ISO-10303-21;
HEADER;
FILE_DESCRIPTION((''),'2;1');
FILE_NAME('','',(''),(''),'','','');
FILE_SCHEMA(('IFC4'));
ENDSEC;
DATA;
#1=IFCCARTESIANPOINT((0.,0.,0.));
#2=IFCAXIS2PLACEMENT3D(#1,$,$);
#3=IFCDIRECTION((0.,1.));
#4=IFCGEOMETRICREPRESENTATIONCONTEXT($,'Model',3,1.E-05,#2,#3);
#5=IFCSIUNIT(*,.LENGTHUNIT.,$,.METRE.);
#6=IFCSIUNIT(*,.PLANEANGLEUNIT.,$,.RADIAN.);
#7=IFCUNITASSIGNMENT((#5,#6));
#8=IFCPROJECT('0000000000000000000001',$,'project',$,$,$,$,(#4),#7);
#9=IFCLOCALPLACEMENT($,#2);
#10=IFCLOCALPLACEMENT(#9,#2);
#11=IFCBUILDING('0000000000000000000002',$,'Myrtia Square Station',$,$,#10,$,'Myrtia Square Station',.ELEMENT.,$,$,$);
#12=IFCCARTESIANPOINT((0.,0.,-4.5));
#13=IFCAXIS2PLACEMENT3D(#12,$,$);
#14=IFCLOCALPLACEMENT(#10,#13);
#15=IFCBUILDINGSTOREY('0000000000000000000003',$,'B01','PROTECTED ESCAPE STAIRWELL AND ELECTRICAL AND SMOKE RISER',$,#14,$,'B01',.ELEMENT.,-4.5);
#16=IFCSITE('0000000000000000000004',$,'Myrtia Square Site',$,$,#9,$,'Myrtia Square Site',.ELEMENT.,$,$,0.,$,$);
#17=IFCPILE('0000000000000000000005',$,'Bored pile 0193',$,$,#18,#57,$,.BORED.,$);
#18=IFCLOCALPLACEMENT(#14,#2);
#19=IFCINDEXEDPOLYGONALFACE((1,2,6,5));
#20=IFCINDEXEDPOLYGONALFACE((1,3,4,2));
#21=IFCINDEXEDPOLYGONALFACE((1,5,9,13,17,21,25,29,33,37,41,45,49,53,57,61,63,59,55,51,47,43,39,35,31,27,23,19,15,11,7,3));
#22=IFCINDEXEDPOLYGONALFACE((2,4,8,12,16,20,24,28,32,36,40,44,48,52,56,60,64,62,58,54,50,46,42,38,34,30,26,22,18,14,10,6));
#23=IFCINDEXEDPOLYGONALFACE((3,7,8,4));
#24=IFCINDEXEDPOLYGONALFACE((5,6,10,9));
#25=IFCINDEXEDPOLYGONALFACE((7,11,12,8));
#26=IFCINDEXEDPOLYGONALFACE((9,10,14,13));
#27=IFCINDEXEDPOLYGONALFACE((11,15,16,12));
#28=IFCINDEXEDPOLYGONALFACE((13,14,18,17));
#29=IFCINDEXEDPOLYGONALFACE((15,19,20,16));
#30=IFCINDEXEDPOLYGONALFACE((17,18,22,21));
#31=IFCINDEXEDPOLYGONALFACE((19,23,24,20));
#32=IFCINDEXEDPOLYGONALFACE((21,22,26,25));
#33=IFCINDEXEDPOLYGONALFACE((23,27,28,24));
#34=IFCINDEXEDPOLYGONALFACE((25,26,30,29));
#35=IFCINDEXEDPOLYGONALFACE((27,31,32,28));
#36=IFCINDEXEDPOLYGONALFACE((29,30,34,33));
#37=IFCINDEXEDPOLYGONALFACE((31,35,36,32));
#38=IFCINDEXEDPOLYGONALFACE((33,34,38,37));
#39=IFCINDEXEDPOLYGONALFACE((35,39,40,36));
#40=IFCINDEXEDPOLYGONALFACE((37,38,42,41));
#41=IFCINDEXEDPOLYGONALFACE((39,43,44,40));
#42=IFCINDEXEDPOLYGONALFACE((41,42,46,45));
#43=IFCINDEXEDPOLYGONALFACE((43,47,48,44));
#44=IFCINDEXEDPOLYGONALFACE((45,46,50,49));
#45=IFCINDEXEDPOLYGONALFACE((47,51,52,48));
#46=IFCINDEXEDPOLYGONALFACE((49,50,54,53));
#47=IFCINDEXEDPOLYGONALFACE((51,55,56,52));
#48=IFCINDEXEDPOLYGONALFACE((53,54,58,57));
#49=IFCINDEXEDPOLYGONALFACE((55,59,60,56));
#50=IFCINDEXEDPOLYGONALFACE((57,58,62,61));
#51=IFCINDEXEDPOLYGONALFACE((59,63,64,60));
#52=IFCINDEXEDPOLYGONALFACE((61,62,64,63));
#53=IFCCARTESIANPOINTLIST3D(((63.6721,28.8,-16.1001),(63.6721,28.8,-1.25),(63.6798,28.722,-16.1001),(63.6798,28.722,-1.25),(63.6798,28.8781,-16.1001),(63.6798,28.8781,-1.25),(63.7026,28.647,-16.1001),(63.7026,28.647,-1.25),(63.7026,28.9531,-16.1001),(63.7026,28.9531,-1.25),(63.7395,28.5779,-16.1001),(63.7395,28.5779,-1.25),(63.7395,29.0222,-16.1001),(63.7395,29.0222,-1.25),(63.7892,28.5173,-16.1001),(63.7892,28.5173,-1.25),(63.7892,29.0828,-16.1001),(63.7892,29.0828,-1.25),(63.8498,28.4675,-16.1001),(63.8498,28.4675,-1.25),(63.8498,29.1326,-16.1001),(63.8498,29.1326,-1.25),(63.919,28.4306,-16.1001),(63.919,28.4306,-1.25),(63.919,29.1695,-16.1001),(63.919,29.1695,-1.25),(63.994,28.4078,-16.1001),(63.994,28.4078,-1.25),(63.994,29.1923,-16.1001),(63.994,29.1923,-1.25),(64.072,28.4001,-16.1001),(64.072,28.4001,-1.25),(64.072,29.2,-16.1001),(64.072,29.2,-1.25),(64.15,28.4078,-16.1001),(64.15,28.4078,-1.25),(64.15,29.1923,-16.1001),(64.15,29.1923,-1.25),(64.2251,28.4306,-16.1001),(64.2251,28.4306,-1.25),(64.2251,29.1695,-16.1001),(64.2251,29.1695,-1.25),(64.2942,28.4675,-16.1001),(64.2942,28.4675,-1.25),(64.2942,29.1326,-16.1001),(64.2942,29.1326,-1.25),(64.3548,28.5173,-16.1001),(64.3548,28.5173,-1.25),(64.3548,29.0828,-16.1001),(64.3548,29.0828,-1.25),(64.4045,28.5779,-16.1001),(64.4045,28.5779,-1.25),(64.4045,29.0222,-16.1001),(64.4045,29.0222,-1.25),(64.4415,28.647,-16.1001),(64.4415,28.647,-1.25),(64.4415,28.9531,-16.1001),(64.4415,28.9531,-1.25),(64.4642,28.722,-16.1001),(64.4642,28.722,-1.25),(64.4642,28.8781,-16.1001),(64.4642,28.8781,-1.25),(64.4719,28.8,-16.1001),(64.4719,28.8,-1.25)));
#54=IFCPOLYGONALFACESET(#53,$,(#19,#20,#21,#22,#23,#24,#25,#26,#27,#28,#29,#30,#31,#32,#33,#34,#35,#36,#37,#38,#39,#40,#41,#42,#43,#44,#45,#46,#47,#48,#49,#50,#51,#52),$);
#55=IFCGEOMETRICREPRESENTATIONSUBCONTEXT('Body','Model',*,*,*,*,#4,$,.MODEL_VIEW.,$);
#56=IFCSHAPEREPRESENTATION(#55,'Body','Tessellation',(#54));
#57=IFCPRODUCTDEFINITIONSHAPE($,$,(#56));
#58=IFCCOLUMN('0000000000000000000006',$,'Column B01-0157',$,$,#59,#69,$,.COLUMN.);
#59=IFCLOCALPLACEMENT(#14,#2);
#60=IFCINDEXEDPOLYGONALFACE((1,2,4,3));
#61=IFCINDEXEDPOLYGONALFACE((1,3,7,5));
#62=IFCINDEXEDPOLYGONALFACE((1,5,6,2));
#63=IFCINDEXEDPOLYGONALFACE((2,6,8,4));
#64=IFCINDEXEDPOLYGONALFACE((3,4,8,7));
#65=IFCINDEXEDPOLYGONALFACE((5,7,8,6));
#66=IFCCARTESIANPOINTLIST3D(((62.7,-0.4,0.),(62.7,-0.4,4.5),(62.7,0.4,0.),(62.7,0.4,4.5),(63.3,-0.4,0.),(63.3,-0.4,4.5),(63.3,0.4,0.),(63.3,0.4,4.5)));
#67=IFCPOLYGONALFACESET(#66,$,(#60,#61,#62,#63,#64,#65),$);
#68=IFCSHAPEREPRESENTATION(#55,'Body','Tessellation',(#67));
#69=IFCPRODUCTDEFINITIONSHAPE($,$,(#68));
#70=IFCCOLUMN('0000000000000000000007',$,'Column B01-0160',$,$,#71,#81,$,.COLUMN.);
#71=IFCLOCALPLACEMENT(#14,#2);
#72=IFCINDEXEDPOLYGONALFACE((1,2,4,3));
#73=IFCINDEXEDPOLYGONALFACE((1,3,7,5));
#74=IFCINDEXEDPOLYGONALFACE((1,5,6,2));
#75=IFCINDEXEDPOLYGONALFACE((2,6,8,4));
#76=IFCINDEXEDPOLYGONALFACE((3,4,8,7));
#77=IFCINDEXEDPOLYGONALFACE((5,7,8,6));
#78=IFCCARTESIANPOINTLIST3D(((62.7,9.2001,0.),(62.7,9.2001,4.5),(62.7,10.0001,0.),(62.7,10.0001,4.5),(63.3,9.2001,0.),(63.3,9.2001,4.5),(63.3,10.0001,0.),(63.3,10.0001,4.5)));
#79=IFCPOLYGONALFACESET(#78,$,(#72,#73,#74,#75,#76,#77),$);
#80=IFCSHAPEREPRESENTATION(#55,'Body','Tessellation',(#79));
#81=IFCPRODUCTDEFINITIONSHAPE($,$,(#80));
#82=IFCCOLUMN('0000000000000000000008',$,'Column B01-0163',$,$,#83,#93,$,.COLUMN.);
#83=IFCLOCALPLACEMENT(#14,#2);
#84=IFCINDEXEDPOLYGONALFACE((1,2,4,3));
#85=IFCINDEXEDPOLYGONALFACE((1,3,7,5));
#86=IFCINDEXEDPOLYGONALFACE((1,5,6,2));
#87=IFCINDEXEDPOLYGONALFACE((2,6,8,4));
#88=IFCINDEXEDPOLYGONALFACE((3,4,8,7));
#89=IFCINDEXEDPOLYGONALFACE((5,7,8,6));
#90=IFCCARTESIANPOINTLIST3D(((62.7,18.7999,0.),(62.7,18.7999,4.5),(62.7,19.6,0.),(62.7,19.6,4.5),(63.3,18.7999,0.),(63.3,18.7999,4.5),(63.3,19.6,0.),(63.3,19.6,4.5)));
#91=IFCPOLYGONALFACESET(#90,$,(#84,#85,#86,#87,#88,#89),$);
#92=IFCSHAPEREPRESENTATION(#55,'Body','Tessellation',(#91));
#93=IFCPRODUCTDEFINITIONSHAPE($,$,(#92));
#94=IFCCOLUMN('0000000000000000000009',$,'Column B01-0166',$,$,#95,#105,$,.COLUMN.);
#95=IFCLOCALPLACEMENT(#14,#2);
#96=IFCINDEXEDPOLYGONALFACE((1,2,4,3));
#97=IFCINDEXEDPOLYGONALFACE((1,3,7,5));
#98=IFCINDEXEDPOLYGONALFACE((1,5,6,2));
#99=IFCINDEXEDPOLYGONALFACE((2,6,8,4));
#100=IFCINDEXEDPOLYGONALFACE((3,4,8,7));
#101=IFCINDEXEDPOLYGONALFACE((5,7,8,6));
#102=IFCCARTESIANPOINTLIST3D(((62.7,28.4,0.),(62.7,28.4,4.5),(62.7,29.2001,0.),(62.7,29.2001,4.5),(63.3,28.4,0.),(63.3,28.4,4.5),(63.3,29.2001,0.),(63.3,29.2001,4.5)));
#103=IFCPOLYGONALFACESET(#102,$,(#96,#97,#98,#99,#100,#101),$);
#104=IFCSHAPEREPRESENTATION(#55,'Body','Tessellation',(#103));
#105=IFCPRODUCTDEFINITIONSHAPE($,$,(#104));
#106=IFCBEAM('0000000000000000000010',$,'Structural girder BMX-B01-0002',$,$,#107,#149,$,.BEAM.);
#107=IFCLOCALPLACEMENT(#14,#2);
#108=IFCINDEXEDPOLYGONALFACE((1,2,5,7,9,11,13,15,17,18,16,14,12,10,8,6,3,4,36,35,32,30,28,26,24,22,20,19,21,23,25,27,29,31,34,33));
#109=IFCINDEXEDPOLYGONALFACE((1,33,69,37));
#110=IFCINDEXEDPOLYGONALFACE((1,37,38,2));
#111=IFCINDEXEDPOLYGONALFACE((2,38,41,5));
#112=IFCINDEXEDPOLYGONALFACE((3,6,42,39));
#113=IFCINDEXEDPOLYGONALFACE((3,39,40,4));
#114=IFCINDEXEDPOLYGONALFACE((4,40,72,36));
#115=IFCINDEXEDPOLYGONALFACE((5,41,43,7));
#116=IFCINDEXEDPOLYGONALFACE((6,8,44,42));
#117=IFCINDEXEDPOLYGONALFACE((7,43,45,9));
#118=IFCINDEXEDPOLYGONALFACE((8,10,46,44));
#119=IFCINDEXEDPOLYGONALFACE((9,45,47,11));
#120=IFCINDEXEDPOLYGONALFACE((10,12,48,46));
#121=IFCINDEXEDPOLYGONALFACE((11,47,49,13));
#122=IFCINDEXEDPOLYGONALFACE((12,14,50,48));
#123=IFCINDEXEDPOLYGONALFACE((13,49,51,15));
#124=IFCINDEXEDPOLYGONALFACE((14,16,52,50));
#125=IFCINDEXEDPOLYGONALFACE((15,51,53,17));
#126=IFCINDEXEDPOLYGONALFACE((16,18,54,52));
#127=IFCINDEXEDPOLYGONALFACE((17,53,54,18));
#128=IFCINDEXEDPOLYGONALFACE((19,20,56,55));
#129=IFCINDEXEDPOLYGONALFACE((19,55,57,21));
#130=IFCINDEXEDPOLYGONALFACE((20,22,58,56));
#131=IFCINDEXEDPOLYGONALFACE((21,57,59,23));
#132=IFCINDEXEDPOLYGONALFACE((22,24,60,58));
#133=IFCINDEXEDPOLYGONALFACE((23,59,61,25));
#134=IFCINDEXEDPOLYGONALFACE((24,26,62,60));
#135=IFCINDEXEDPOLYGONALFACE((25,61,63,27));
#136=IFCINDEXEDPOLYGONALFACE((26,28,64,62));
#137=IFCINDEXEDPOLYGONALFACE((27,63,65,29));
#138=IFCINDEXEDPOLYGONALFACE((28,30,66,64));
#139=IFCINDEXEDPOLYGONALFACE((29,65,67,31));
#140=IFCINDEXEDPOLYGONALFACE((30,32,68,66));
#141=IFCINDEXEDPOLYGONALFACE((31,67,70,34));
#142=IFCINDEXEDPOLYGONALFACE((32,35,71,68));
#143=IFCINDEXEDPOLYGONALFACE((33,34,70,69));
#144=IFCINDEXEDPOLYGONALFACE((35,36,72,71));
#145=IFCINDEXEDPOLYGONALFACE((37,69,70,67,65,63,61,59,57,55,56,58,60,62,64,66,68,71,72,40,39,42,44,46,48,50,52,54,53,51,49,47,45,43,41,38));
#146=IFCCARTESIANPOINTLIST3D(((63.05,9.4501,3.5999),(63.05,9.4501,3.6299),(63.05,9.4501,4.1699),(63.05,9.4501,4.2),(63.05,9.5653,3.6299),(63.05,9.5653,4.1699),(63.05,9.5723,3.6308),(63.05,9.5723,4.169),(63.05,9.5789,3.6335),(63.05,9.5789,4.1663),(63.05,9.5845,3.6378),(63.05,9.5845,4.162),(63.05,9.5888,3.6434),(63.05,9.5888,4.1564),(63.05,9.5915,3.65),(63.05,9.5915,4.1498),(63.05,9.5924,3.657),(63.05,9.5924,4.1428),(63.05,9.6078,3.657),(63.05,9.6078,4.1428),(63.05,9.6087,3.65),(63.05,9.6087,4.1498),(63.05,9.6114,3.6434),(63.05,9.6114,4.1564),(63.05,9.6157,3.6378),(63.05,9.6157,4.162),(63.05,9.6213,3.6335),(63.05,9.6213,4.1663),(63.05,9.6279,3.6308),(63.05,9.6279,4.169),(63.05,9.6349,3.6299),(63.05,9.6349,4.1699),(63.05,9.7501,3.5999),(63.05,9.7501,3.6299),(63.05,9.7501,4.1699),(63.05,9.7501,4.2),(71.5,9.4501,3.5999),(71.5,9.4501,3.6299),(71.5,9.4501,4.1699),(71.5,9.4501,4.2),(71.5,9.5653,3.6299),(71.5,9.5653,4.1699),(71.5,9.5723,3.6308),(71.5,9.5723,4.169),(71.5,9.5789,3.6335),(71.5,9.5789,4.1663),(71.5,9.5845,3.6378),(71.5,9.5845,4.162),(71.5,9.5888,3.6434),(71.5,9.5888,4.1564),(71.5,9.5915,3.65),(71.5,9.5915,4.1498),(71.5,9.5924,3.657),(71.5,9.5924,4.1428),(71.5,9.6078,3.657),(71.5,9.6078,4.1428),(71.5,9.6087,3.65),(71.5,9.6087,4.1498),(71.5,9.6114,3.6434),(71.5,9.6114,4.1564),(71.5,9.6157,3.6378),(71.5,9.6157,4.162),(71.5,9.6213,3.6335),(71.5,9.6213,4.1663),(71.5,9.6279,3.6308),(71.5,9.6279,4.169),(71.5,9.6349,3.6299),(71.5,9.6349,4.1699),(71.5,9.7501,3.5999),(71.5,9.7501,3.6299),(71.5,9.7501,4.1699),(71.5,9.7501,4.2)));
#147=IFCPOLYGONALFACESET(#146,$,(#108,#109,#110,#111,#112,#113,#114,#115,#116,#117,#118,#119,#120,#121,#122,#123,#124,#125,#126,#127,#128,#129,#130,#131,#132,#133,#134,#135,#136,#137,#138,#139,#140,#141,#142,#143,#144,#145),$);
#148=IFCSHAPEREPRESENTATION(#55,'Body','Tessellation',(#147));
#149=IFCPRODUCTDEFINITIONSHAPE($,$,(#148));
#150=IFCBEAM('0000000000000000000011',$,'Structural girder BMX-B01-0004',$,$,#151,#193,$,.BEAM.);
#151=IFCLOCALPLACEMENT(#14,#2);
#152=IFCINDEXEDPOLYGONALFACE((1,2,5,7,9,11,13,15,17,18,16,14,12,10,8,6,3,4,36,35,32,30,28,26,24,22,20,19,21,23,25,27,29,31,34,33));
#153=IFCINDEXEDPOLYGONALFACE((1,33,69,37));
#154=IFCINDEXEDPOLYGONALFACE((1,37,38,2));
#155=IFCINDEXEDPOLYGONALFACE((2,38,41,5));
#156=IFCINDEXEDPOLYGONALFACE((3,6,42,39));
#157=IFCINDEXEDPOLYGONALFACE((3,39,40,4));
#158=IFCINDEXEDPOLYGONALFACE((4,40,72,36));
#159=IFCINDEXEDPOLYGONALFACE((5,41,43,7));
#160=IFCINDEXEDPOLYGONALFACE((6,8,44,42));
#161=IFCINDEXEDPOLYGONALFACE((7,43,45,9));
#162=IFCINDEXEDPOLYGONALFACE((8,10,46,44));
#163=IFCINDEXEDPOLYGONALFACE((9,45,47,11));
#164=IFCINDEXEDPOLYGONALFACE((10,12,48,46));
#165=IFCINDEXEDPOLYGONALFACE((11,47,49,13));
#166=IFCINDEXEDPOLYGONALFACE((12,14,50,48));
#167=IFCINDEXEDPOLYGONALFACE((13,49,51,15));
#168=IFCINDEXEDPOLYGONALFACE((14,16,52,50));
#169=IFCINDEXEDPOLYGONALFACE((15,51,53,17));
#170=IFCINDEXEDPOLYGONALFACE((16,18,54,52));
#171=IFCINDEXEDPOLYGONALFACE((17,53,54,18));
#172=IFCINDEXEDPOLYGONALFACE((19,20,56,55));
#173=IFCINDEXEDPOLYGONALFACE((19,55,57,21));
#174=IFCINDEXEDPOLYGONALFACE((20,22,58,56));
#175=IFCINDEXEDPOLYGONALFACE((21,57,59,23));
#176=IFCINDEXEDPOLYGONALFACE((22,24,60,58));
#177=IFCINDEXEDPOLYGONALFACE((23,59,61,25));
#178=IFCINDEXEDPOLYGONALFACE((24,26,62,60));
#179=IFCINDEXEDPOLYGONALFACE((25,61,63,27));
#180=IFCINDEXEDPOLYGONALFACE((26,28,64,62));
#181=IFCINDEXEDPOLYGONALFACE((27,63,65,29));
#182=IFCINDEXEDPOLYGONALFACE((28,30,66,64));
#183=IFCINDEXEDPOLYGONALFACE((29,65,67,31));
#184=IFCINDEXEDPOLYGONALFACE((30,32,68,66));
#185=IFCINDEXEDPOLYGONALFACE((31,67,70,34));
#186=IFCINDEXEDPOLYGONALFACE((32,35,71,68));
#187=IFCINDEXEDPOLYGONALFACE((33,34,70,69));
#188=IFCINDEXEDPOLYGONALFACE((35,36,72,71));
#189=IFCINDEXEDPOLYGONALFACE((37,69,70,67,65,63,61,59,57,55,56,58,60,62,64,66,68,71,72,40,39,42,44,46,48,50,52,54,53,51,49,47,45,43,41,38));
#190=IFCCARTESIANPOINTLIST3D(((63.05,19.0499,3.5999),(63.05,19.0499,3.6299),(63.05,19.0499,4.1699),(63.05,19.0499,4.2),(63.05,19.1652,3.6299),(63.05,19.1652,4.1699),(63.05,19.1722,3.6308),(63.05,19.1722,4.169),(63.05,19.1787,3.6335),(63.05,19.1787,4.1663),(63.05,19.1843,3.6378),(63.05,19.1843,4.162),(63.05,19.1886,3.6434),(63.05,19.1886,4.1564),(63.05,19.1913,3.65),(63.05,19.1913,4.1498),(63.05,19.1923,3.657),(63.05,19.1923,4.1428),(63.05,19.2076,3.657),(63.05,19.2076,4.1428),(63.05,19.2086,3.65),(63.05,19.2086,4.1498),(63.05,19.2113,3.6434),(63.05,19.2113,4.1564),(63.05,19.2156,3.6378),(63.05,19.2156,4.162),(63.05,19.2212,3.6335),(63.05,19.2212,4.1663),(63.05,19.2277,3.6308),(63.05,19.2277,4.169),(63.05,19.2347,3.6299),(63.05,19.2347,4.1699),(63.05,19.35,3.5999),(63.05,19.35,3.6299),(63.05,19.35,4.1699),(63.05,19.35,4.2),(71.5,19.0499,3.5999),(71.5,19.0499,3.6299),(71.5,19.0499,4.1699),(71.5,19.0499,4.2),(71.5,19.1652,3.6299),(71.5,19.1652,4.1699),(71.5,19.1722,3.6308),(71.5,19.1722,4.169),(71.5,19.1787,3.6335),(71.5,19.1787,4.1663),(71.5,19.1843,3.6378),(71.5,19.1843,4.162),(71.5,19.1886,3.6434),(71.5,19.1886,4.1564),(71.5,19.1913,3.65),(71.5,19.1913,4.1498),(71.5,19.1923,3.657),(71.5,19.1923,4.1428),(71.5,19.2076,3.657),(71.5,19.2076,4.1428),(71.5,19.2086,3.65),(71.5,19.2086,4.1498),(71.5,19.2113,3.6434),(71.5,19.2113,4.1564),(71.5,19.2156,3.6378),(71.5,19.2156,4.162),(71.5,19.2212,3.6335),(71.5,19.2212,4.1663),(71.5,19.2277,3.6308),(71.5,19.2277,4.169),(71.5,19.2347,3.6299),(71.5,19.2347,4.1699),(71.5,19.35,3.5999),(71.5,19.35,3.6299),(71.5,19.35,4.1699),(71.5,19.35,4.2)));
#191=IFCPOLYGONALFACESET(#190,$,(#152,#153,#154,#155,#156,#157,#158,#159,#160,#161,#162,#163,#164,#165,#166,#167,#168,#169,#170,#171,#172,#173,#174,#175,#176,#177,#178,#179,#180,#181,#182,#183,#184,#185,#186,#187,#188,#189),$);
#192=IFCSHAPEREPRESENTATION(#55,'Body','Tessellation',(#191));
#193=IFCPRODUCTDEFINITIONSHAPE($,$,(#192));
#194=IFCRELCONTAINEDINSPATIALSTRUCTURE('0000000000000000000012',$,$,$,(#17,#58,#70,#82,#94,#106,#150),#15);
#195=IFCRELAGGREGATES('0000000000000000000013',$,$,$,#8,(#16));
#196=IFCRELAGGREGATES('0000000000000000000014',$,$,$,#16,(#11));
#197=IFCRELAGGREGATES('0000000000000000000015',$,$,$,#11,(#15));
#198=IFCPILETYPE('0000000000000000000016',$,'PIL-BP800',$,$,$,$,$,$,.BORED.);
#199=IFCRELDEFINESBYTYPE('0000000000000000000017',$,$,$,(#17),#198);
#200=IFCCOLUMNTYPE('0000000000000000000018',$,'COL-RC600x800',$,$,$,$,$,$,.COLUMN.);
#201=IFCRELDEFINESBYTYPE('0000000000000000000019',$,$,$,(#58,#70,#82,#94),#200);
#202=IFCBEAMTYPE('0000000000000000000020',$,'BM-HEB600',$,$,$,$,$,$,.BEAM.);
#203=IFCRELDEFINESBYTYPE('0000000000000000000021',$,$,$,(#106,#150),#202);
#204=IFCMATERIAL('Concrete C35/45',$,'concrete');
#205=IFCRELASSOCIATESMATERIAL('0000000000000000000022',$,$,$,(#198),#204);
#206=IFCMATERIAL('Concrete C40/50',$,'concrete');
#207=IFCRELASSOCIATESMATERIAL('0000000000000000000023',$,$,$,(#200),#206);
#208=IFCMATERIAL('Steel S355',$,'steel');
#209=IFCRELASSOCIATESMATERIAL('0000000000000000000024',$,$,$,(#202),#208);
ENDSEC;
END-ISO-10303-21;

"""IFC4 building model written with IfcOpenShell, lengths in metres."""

from ifc_helpers import new_model, si_unit, direction, frame, origin, origin_2d, place, context, subcontext, project, spatial, rectangle, circle, i_section, extrude, material, material_profile, profile_set, type_object, element, save


model = new_model("IFC4")

# Units and contexts
model_context = context("Model", 3, precision=1e-05, world=origin(), true_north=direction((0.0, 1.0)))
body_context = subcontext(model_context, "Body", "Model", "MODEL_VIEW")
ifc_project = project(units=[si_unit("LENGTHUNIT", "METRE"), si_unit("PLANEANGLEUNIT", "RADIAN")], contexts=[model_context])

# Site, building, storey
site_placement = place(None, origin())
site = spatial("IfcSite", under=ifc_project, at=site_placement, Name="Myrtia Square Site", LongName="Myrtia Square Site", CompositionType="ELEMENT", RefElevation=0.0)
building_placement = place(site_placement, origin())
building = spatial("IfcBuilding", under=site, at=building_placement, Name="Myrtia Square Station", LongName="Myrtia Square Station", CompositionType="ELEMENT")
storey_placement = place(building_placement, frame((0.0, 0.0, -4.5)))
storey = spatial("IfcBuildingStorey", under=building, at=storey_placement, Name="B01", Description="PROTECTED ESCAPE STAIRWELL AND ELECTRICAL AND SMOKE RISER", LongName="B01", CompositionType="ELEMENT", Elevation=-4.5)

# Shared definitions
ifc_material_1 = material(Name="Concrete C35/45", Category="concrete")

# Pile
ifc_material_profile_1 = material_profile(ifc_material_1, circle(Radius=0.3999, at=origin_2d()), Name="BP D800")
ifc_profile_set_1 = profile_set([ifc_material_profile_1], Name="Concrete C35/45")
pile_type = type_object("IfcPileType", Name="PIL-BP800", PredefinedType="BORED", material=ifc_profile_set_1)
for number, where, z_axis, x_axis, name in (
    (1, (64.072, 28.8, -1.25), (0.0, 0.0, -1.0), (1.0, 0.0, 0.0), "Bored pile 0193"),
):
    element("IfcPile", number, at=place(storey_placement, frame(where, z_axis=z_axis, x_axis=x_axis)), inside=storey, type_object=pile_type, Name=name, PredefinedType="BORED", context=body_context, shape_type="SweptSolid", body=[
        extrude(circle(Radius=0.3999, at=origin_2d()), origin(), (0.0, 0.0, 1.0), 14.8501),
    ])

# Columns
ifc_material_2 = material(Name="Concrete C40/50", Category="concrete")
ifc_material_profile_2 = material_profile(ifc_material_2, rectangle(XDim=0.6001, YDim=0.8, at=origin_2d()), Name="RC 600x800")
ifc_profile_set_2 = profile_set([ifc_material_profile_2], Name="Concrete C40/50")
column_type = type_object("IfcColumnType", Name="COL-RC600x800", PredefinedType="COLUMN", material=ifc_profile_set_2)
for number, where, z_axis, x_axis, name in (
    (2, (63.0, 0.0, 0.0), (0.0, 0.0, 1.0), (1.0, 0.0, 0.0), "Column B01-0157"),
    (3, (63.0, 9.6001, 0.0), (0.0, 0.0, 1.0), (1.0, 0.0, 0.0), "Column B01-0160"),
    (4, (63.0, 19.2, 0.0), (0.0, 0.0, 1.0), (1.0, 0.0, 0.0), "Column B01-0163"),
    (5, (63.0, 28.8, 0.0), (0.0, 0.0, 1.0), (1.0, 0.0, 0.0), "Column B01-0166"),
):
    element("IfcColumn", number, at=place(storey_placement, frame(where, z_axis=z_axis, x_axis=x_axis)), inside=storey, type_object=column_type, Name=name, PredefinedType="COLUMN", context=body_context, shape_type="SweptSolid", body=[
        extrude(rectangle(XDim=0.6001, YDim=0.8, at=origin_2d()), origin(), (0.0, 0.0, 1.0), 4.5),
    ])

# Beams
ifc_material_3 = material(Name="Steel S355", Category="steel")
ifc_material_profile_3 = material_profile(ifc_material_3, i_section(OverallWidth=0.3, OverallDepth=0.6001, WebThickness=0.0154, FlangeThickness=0.03, FilletRadius=0.0271, at=origin_2d()), Name="HEB 600")
ifc_profile_set_3 = profile_set([ifc_material_profile_3], Name="Steel S355")
beam_type_1 = type_object("IfcBeamType", Name="BM-HEB600", PredefinedType="BEAM", material=ifc_profile_set_3)
for number, where, z_axis, x_axis, name in (
    (6, (63.05, 9.6001, 3.8999), (1.0, 0.0, 0.0), (0.0, 1.0, 0.0), "Structural girder BMX-B01-0002"),
    (7, (63.05, 19.2, 3.8999), (1.0, 0.0, 0.0), (0.0, 1.0, 0.0), "Structural girder BMX-B01-0004"),
):
    element("IfcBeam", number, at=place(storey_placement, frame(where, z_axis=z_axis, x_axis=x_axis)), inside=storey, type_object=beam_type_1, Name=name, PredefinedType="BEAM", context=body_context, shape_type="SweptSolid", body=[
        extrude(i_section(OverallWidth=0.3, OverallDepth=0.6001, WebThickness=0.0154, FlangeThickness=0.03, FilletRadius=0.0271, at=origin_2d()), origin(), (0.0, 0.0, 1.0), 8.45),
    ])

save(model, "model.ifc")
